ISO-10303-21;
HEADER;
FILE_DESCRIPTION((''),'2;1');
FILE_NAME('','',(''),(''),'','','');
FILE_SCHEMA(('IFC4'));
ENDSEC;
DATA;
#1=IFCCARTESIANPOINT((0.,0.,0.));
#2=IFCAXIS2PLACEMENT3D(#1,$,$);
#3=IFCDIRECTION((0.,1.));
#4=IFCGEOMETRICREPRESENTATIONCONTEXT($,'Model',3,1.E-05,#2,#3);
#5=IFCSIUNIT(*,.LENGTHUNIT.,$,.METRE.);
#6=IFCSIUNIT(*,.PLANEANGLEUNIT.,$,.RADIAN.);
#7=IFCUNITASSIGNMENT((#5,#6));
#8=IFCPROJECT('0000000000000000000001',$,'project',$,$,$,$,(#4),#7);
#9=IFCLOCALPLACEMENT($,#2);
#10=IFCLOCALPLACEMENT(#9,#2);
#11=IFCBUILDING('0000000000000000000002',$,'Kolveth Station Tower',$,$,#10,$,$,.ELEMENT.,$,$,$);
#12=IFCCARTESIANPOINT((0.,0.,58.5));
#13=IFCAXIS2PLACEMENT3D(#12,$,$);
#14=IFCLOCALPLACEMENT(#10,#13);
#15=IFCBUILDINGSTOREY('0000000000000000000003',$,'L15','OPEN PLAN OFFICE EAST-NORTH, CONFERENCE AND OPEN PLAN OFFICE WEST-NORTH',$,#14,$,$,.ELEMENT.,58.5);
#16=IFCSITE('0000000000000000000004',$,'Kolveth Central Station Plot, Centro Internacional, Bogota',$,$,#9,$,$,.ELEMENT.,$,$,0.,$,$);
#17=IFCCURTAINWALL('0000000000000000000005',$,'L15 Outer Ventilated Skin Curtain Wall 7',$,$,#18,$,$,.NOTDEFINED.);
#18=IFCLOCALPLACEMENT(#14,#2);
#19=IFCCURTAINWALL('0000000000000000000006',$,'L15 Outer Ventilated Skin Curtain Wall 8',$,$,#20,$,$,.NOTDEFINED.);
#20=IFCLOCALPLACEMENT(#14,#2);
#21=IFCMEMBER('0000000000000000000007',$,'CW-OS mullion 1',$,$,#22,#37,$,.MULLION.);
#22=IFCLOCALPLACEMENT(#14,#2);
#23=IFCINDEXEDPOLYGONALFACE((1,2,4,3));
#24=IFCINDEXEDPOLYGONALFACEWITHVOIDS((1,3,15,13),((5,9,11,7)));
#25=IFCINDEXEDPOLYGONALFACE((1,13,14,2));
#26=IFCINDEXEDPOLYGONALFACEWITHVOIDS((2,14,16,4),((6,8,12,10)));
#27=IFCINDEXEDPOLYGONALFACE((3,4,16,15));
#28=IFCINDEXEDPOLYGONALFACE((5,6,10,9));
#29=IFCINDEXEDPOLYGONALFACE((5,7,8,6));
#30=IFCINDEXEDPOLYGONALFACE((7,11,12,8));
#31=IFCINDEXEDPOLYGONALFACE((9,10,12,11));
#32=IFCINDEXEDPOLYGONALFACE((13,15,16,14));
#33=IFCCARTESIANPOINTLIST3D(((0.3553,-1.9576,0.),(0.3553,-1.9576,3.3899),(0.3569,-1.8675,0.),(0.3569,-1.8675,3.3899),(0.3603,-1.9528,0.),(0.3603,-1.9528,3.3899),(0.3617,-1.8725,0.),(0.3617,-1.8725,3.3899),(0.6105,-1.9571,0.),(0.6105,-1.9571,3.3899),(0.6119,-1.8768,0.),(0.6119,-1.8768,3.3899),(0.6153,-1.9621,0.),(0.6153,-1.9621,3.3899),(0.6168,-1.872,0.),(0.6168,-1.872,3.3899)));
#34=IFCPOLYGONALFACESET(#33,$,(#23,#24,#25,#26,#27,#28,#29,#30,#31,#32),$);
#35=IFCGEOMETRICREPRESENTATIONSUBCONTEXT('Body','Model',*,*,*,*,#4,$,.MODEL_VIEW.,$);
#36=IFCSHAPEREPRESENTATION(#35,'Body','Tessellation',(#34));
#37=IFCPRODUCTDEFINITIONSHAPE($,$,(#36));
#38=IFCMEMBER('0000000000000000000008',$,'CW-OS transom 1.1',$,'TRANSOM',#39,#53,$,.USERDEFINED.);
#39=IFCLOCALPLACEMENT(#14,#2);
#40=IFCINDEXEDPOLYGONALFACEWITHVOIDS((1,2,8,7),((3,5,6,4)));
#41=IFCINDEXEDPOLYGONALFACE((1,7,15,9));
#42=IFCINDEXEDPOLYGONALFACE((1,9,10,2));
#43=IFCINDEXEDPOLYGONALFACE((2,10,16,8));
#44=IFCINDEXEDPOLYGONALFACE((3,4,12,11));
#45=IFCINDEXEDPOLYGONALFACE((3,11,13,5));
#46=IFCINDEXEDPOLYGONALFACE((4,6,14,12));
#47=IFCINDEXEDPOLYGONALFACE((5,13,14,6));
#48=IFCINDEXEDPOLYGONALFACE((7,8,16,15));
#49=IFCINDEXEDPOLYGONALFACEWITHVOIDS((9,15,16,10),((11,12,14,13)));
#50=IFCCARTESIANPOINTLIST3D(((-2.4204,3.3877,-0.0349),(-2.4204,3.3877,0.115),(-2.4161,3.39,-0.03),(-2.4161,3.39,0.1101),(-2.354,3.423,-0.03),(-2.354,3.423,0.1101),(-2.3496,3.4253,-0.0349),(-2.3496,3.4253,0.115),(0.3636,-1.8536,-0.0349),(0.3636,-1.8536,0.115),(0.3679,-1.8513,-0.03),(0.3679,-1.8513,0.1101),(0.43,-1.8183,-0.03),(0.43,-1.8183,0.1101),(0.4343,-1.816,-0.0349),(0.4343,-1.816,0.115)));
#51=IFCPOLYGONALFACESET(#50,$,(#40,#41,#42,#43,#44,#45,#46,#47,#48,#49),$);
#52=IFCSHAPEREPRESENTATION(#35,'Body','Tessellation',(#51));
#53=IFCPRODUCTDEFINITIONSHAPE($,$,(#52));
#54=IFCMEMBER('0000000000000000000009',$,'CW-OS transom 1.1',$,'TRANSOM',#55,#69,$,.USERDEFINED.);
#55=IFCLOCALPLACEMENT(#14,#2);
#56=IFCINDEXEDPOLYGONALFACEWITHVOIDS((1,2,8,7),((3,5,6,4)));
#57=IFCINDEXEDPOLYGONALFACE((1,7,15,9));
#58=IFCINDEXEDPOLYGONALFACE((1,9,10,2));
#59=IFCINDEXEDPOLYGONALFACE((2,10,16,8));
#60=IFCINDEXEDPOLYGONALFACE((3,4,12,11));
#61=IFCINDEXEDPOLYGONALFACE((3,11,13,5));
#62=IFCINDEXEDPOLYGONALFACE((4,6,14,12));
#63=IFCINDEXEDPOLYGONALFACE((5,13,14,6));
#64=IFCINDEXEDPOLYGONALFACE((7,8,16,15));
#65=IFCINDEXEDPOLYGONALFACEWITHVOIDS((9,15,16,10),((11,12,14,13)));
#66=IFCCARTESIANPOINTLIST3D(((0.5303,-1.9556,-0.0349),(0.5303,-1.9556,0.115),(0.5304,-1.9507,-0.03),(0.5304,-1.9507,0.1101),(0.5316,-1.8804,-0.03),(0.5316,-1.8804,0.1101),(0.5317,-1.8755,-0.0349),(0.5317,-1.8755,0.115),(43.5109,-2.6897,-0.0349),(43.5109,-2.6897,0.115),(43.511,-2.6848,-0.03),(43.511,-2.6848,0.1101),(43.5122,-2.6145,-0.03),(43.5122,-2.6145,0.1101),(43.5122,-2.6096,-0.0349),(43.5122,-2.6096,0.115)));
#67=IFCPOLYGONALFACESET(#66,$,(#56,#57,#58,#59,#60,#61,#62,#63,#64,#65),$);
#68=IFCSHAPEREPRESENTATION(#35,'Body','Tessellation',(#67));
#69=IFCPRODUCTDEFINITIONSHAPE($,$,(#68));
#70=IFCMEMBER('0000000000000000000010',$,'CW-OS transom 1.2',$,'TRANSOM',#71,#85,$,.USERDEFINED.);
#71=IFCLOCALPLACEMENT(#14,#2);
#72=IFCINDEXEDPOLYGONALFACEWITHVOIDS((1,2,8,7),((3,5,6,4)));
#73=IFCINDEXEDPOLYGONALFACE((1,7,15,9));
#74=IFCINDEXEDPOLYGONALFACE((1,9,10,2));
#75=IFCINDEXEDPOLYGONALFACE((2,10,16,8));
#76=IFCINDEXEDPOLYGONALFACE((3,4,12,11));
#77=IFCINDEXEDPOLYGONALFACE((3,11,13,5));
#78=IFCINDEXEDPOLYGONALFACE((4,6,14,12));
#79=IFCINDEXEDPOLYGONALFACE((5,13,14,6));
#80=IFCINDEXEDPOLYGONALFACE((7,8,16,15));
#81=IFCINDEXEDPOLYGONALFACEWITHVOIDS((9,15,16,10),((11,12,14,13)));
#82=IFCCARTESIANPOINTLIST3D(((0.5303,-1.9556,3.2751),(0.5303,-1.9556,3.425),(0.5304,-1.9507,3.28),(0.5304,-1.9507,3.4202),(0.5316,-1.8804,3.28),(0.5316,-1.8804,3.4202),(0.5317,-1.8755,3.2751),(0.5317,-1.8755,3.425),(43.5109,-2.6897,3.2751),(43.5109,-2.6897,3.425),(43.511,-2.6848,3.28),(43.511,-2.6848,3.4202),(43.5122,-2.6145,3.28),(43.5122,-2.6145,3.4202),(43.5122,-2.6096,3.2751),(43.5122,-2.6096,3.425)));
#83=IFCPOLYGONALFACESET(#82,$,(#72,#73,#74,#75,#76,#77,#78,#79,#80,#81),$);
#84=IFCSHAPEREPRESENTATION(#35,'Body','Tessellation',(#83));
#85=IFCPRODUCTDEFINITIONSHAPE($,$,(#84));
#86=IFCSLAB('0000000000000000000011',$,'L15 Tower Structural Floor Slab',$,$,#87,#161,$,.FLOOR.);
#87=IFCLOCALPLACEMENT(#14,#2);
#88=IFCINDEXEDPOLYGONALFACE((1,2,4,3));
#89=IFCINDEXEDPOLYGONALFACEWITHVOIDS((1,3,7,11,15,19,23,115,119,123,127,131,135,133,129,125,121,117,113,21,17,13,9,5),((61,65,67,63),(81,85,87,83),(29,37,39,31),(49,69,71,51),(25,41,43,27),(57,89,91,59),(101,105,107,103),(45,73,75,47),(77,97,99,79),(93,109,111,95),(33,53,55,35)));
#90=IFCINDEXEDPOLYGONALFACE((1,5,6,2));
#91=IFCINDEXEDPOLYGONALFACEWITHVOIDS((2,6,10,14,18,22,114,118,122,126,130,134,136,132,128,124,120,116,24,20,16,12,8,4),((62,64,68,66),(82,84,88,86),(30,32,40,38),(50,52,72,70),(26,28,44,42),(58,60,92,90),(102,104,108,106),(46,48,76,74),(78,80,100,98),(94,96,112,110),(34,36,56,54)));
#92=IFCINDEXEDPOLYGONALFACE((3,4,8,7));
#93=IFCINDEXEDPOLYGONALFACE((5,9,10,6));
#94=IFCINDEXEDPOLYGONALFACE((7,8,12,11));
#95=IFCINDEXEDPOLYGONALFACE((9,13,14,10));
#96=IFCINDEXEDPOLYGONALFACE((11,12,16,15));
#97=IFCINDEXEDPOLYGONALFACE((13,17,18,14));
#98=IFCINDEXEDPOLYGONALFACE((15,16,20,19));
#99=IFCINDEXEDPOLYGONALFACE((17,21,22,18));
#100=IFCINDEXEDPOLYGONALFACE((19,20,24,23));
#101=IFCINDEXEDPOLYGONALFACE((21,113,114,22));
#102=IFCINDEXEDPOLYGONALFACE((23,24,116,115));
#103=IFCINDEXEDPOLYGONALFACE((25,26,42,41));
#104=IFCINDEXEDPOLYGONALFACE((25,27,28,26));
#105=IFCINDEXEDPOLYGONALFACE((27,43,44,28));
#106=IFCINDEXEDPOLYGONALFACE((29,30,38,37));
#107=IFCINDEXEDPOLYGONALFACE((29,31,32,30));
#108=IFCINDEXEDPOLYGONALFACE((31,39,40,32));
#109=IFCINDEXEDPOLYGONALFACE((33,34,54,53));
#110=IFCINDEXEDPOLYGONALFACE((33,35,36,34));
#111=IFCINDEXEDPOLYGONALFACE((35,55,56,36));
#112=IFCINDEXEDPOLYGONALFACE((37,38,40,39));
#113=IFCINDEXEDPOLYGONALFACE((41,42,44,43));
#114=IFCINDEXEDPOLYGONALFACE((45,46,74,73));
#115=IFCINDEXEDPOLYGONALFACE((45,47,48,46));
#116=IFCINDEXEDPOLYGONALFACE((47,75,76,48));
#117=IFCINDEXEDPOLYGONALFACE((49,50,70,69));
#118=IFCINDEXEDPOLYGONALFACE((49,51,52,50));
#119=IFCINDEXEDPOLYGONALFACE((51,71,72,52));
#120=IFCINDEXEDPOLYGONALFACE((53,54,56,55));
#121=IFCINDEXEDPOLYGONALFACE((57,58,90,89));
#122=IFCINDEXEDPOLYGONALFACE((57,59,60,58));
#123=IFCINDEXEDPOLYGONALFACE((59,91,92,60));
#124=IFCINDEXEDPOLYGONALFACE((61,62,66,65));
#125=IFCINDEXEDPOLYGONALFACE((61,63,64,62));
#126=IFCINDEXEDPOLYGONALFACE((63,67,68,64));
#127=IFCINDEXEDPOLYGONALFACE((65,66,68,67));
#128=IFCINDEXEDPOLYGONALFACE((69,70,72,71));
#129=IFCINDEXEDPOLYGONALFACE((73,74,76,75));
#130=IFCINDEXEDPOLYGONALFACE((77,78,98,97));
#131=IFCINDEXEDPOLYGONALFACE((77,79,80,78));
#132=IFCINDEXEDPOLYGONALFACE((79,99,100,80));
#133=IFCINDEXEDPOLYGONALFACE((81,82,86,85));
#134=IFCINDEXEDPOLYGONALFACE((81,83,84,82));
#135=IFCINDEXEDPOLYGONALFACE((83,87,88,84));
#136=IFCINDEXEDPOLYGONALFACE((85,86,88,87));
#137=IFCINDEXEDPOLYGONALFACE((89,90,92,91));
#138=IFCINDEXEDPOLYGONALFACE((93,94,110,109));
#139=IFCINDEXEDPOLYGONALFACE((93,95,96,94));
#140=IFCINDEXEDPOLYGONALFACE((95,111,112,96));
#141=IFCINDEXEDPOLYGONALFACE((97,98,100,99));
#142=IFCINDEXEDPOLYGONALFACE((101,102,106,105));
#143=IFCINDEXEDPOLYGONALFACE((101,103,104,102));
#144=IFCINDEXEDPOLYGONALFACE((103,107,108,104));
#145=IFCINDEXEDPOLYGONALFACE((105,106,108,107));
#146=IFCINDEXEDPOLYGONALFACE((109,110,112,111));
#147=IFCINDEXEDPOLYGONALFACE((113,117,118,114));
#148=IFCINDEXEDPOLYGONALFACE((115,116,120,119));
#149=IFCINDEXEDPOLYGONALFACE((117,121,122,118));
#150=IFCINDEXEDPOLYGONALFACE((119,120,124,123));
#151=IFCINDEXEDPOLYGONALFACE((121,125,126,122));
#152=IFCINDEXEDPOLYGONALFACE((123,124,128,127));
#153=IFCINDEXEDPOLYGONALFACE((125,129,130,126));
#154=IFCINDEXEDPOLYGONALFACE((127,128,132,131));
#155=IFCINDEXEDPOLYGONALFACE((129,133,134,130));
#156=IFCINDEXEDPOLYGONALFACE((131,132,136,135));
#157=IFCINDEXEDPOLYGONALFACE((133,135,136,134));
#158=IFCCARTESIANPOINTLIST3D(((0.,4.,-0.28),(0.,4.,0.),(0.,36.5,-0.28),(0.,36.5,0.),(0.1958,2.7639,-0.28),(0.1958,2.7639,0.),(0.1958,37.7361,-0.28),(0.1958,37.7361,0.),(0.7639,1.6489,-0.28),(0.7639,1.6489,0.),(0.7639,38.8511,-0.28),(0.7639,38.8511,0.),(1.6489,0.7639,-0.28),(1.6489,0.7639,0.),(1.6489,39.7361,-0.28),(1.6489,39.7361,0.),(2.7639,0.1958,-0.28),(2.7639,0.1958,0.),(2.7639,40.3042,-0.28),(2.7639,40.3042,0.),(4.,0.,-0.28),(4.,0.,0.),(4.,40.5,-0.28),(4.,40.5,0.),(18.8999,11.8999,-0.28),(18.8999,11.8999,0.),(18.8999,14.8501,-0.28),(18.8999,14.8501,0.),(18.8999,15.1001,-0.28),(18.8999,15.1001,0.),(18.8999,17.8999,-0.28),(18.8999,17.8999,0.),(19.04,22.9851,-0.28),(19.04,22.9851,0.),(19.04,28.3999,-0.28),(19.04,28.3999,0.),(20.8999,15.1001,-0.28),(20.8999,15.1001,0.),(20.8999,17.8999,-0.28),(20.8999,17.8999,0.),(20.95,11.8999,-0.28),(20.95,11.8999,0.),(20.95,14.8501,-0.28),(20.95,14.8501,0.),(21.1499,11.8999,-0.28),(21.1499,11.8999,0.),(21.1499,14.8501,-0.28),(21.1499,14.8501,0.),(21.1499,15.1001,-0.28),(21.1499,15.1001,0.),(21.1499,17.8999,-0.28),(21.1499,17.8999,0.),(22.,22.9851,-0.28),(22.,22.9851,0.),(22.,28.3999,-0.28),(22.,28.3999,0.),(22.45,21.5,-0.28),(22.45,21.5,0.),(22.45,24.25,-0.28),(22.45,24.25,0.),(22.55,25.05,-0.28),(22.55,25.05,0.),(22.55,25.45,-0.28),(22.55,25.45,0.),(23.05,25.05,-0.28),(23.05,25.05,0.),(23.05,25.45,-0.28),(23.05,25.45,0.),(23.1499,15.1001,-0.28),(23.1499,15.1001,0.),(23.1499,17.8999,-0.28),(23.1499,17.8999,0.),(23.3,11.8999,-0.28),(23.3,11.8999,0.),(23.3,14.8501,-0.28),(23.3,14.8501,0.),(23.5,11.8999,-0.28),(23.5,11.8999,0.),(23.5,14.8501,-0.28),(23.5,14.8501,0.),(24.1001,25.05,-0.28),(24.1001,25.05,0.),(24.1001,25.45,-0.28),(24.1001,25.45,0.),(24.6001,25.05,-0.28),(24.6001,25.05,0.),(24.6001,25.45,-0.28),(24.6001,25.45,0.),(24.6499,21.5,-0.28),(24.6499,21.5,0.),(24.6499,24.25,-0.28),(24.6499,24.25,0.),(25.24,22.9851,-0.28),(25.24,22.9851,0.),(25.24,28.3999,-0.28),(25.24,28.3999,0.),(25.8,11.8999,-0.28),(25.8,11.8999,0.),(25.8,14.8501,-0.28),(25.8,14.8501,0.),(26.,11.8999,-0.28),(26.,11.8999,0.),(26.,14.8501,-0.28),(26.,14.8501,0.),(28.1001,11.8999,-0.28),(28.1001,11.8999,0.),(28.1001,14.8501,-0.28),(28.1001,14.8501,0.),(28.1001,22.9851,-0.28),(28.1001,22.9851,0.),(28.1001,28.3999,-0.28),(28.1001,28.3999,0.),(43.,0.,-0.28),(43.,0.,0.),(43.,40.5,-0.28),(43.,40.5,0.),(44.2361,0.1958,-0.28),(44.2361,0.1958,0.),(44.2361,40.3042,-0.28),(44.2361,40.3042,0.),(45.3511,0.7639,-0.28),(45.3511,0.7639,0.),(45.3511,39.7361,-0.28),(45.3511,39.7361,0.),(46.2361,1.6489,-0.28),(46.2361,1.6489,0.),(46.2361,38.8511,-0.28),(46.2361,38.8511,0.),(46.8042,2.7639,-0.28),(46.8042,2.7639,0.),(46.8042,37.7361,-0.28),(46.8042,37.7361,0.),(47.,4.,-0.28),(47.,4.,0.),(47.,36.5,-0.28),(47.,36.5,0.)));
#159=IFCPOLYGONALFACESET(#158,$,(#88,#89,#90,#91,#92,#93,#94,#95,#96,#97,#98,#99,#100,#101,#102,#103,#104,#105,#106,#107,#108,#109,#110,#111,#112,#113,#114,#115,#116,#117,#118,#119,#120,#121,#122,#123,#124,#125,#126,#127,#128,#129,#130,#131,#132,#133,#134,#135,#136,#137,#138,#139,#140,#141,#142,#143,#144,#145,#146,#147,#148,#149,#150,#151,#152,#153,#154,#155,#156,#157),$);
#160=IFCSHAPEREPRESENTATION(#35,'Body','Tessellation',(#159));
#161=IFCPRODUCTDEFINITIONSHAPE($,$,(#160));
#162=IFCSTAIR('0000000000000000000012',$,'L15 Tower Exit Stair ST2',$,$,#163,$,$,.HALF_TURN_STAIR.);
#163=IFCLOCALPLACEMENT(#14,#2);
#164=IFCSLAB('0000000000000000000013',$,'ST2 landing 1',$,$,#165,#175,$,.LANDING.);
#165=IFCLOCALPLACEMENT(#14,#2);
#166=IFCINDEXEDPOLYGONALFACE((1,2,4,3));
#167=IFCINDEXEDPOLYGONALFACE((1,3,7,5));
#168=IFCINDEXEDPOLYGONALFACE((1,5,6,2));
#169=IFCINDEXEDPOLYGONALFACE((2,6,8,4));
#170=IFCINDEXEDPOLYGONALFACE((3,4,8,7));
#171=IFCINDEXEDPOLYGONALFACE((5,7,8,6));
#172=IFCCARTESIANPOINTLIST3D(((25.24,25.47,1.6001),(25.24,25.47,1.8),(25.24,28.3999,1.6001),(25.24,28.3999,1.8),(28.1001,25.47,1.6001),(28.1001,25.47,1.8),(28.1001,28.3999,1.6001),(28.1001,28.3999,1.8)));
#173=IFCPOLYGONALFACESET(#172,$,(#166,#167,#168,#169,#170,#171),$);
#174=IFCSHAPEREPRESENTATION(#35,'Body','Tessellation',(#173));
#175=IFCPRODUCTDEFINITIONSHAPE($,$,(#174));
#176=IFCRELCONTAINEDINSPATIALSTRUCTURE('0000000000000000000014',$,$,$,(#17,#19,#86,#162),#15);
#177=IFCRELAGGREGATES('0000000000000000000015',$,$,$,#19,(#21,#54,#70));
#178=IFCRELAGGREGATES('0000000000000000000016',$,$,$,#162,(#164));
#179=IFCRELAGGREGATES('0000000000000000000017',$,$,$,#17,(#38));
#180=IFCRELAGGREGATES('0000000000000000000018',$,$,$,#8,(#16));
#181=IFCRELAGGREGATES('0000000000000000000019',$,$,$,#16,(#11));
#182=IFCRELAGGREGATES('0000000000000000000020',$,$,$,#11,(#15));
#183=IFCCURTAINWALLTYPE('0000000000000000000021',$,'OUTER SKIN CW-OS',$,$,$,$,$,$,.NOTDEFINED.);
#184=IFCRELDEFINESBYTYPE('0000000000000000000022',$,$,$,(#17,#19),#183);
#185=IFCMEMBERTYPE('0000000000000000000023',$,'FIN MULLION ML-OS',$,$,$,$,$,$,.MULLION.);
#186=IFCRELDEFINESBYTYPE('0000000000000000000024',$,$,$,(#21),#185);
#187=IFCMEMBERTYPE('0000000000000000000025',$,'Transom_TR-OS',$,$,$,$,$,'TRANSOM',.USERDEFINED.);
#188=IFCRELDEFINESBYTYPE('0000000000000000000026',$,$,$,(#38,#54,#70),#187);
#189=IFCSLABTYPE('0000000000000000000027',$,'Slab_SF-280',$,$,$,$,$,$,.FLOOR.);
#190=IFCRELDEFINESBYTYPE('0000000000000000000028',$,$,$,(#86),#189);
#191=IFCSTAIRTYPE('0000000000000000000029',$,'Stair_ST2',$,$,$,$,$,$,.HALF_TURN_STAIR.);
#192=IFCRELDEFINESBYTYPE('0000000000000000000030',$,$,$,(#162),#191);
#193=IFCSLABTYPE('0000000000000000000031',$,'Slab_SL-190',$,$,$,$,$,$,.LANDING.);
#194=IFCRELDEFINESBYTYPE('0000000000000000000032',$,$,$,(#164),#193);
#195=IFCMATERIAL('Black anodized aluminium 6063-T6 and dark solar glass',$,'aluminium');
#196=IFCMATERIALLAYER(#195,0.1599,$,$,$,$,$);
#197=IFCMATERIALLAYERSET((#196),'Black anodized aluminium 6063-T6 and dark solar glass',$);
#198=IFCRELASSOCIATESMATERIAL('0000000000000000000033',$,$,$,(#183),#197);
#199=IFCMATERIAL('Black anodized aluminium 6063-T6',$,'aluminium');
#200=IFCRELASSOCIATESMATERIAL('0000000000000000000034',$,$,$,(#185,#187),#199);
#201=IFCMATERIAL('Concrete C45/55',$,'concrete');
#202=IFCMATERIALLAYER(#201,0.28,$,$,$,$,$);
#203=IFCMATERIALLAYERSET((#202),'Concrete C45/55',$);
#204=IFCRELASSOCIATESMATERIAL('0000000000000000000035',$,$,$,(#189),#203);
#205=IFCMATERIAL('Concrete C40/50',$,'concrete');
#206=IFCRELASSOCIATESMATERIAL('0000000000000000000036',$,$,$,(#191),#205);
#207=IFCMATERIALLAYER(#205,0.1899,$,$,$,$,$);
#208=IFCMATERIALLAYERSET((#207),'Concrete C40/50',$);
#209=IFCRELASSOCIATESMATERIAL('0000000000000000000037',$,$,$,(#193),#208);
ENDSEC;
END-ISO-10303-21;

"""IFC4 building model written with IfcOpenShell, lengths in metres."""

from ifc_helpers import new_model, si_unit, direction, frame, origin, origin_2d, place, context, subcontext, project, spatial, polyline, hollow_rectangle, outline, extrude, source, transform, mapped, material, layer, layer_set, material_profile, profile_set, type_object, element, aggregate, save


model = new_model("IFC4")

# Units and contexts
model_context = context("Model", 3, precision=1e-05, world=origin(), true_north=direction((0.0, 1.0)))
body_context = subcontext(model_context, "Body", "Model", "MODEL_VIEW")
ifc_project = project(units=[si_unit("LENGTHUNIT", "METRE"), si_unit("PLANEANGLEUNIT", "RADIAN")], contexts=[model_context])

# Site, building, storey
site_placement = place(None, origin())
site = spatial("IfcSite", under=ifc_project, at=site_placement, Name="Kolveth Central Station Plot, Centro Internacional, Bogota", CompositionType="ELEMENT", RefElevation=0.0)
building_placement = place(site_placement, origin())
building = spatial("IfcBuilding", under=site, at=building_placement, Name="Kolveth Station Tower", CompositionType="ELEMENT")
storey_placement = place(building_placement, frame((0.0, 0.0, 58.5)))
storey = spatial("IfcBuildingStorey", under=building, at=storey_placement, Name="L15", Description="OPEN PLAN OFFICE EAST-NORTH, CONFERENCE AND OPEN PLAN OFFICE WEST-NORTH", CompositionType="ELEMENT", Elevation=58.5)

# Shared definitions
ifc_material_1 = material(Name="Black anodized aluminium 6063-T6", Category="aluminium")

# Curtain walls, member
ifc_material_2 = material(Name="Black anodized aluminium 6063-T6 and dark solar glass", Category="aluminium")
ifc_layer_1 = layer(ifc_material_2, 0.1599)
ifc_layer_set_1 = layer_set([ifc_layer_1], Name="Black anodized aluminium 6063-T6 and dark solar glass")
curtain_wall_type_1 = type_object("IfcCurtainWallType", Name="OUTER SKIN CW-OS", PredefinedType="NOTDEFINED", material=ifc_layer_set_1)
curtain_wall_1_placement = place(storey_placement, origin())
curtain_wall_1 = element("IfcCurtainWall", 1, at=curtain_wall_1_placement, inside=storey, type_object=curtain_wall_type_1, Name="L15 Outer Ventilated Skin Curtain Wall 7", PredefinedType="NOTDEFINED")
ifc_material_profile_1 = material_profile(ifc_material_1, hollow_rectangle(XDim=0.0901, YDim=0.26, WallThickness=0.0049, at=origin_2d()), Name="ALU-90x260x5")
ifc_profile_set_1 = profile_set([ifc_material_profile_1], Name="Black anodized aluminium 6063-T6")
member_type_1 = type_object("IfcMemberType", Name="FIN MULLION ML-OS", PredefinedType="MULLION", material=ifc_profile_set_1)
shared_shape_1 = source(origin(), body_context, "Body", "SweptSolid", [
    extrude(hollow_rectangle(XDim=0.0901, YDim=0.26, WallThickness=0.0049, at=origin_2d()), origin(), (0.0, 0.0, 1.0), 3.3899),
])
curtain_wall_2_placement = place(storey_placement, origin())
curtain_wall_2 = element("IfcCurtainWall", 2, at=curtain_wall_2_placement, inside=storey, type_object=curtain_wall_type_1, Name="L15 Outer Ventilated Skin Curtain Wall 8", PredefinedType="NOTDEFINED")
member_1_placement = place(storey_placement, frame((0.4861, -1.9148, 0.0), z_axis=(0.0, 0.0, 1.0), x_axis=(0.017078, 0.999854, 0.0)))
member_1 = element("IfcMember", 3, at=member_1_placement, type_object=member_type_1, Name="CW-OS mullion 1", PredefinedType="MULLION", context=body_context, shape_type="MappedRepresentation", body=[
    mapped(shared_shape_1, transform((0.0, 0.0, 0.0), x_axis=(1.0, 0.0, 0.0), y_axis=(0.0, 1.0, 0.0), z_axis=(0.0, 0.0, 1.0), scale=1.0)),
])

# Members
ifc_material_profile_2 = material_profile(ifc_material_1, hollow_rectangle(XDim=0.0801, YDim=0.1499, WallThickness=0.0049, at=origin_2d()), Name="ALU-80x150x5")
ifc_profile_set_2 = profile_set([ifc_material_profile_2], Name="Black anodized aluminium 6063-T6")
member_type_2 = type_object("IfcMemberType", Name="Transom_TR-OS", ElementType="TRANSOM", PredefinedType="USERDEFINED", material=ifc_profile_set_2)
shared_shape_2 = source(origin(), body_context, "Body", "SweptSolid", [
    extrude(hollow_rectangle(XDim=0.0801, YDim=0.1499, WallThickness=0.0049, at=origin_2d()), origin(), (0.0, 0.0, 1.0), 5.9348),
])
member_2_placement = place(storey_placement, frame((-2.385, 3.4065, 0.04), z_axis=(0.469095, -0.883148, 0.0), x_axis=(0.883148, 0.469095, 0.0)))
member_2 = element("IfcMember", 4, at=member_2_placement, type_object=member_type_2, Name="CW-OS transom 1.1", ObjectType="TRANSOM", PredefinedType="USERDEFINED", context=body_context, shape_type="MappedRepresentation", body=[
    mapped(shared_shape_2, transform((0.0, 0.0, 0.0), x_axis=(1.0, 0.0, 0.0), y_axis=(0.0, 1.0, 0.0), z_axis=(0.0, 0.0, 1.0), scale=1.0)),
])
shared_shape_3 = source(origin(), body_context, "Body", "SweptSolid", [
    extrude(hollow_rectangle(XDim=0.0801, YDim=0.1499, WallThickness=0.0049, at=origin_2d()), origin(), (0.0, 0.0, 1.0), 42.9868),
])
member_3_placement = place(storey_placement, frame((0.531, -1.9155, 0.04), z_axis=(0.999854, -0.017078, 0.0), x_axis=(0.017078, 0.999854, 0.0)))
member_3 = element("IfcMember", 5, at=member_3_placement, type_object=member_type_2, Name="CW-OS transom 1.1", ObjectType="TRANSOM", PredefinedType="USERDEFINED", context=body_context, shape_type="MappedRepresentation", body=[
    mapped(shared_shape_3, transform((0.0, 0.0, 0.0), x_axis=(1.0, 0.0, 0.0), y_axis=(0.0, 1.0, 0.0), z_axis=(0.0, 0.0, 1.0), scale=1.0)),
])
member_4_placement = place(storey_placement, frame((0.531, -1.9155, 3.3501), z_axis=(0.999854, -0.017078, 0.0), x_axis=(0.017078, 0.999854, 0.0)))
member_4 = element("IfcMember", 6, at=member_4_placement, type_object=member_type_2, Name="CW-OS transom 1.2", ObjectType="TRANSOM", PredefinedType="USERDEFINED", context=body_context, shape_type="MappedRepresentation", body=[
    mapped(shared_shape_3, transform((0.0, 0.0, 0.0), x_axis=(1.0, 0.0, 0.0), y_axis=(0.0, 1.0, 0.0), z_axis=(0.0, 0.0, 1.0), scale=1.0)),
])
aggregate(curtain_wall_2, [member_1, member_3, member_4])

# Slab
ifc_material_3 = material(Name="Concrete C45/55", Category="concrete")
ifc_layer_2 = layer(ifc_material_3, 0.28)
ifc_layer_set_2 = layer_set([ifc_layer_2], Name="Concrete C45/55")
slab_type_1 = type_object("IfcSlabType", Name="Slab_SF-280", PredefinedType="FLOOR", material=ifc_layer_set_2)
slab_1_placement = place(storey_placement, frame((0.0, 0.0, -0.28)))
element("IfcSlab", 7, at=slab_1_placement, inside=storey, type_object=slab_type_1, Name="L15 Tower Structural Floor Slab", PredefinedType="FLOOR", context=body_context, shape_type="SweptSolid", body=[
    extrude(outline(polyline([(43.0, 0.0), (44.2361, 0.1958), (45.3511, 0.7639), (46.2361, 1.6489), (46.8042, 2.7639), (47.0, 4.0), (47.0, 36.5), (46.8042, 37.7361), (46.2361, 38.8511), (45.3511, 39.7361), (44.2361, 40.3042), (43.0, 40.5), (4.0, 40.5), (2.7639, 40.3042), (1.6489, 39.7361), (0.7639, 38.8511), (0.1958, 37.7361), (0.0, 36.5), (0.0, 4.0), (0.1958, 2.7639), (0.7639, 1.6489), (1.6489, 0.7639), (2.7639, 0.1958), (4.0, 0.0), (43.0, 0.0)]), holes=[polyline([(19.04, 22.9851), (22.0, 22.9851), (22.0, 28.3999), (19.04, 28.3999), (19.04, 22.9851)]), polyline([(25.24, 22.9851), (28.1001, 22.9851), (28.1001, 28.3999), (25.24, 28.3999), (25.24, 22.9851)]), polyline([(18.8999, 15.1001), (20.8999, 15.1001), (20.8999, 17.8999), (18.8999, 17.8999), (18.8999, 15.1001)]), polyline([(21.1499, 15.1001), (23.1499, 15.1001), (23.1499, 17.8999), (21.1499, 17.8999), (21.1499, 15.1001)]), polyline([(22.45, 21.5), (24.6499, 21.5), (24.6499, 24.25), (22.45, 24.25), (22.45, 21.5)]), polyline([(18.8999, 11.8999), (20.95, 11.8999), (20.95, 14.8501), (18.8999, 14.8501), (18.8999, 11.8999)]), polyline([(21.1499, 11.8999), (23.3, 11.8999), (23.3, 14.8501), (21.1499, 14.8501), (21.1499, 11.8999)]), polyline([(23.5, 11.8999), (25.8, 11.8999), (25.8, 14.8501), (23.5, 14.8501), (23.5, 11.8999)]), polyline([(26.0, 11.8999), (28.1001, 11.8999), (28.1001, 14.8501), (26.0, 14.8501), (26.0, 11.8999)]), polyline([(22.55, 25.05), (23.05, 25.05), (23.05, 25.45), (22.55, 25.45), (22.55, 25.05)]), polyline([(24.1001, 25.05), (24.6001, 25.05), (24.6001, 25.45), (24.1001, 25.45), (24.1001, 25.05)])]), origin(), (0.0, 0.0, 1.0), 0.28),
])

# Stair, slab
ifc_material_4 = material(Name="Concrete C40/50", Category="concrete")
stair_type_1 = type_object("IfcStairType", Name="Stair_ST2", PredefinedType="HALF_TURN_STAIR", material=ifc_material_4)
stair_1_placement = place(storey_placement, origin())
stair_1 = element("IfcStair", 8, at=stair_1_placement, inside=storey, type_object=stair_type_1, Name="L15 Tower Exit Stair ST2", PredefinedType="HALF_TURN_STAIR")
ifc_layer_3 = layer(ifc_material_4, 0.1899)
ifc_layer_set_3 = layer_set([ifc_layer_3], Name="Concrete C40/50")
slab_type_2 = type_object("IfcSlabType", Name="Slab_SL-190", PredefinedType="LANDING", material=ifc_layer_set_3)
slab_2_placement = place(storey_placement, frame((0.0, 0.0, 1.6001)))
slab_2 = element("IfcSlab", 9, at=slab_2_placement, type_object=slab_type_2, Name="ST2 landing 1", PredefinedType="LANDING", context=body_context, shape_type="SweptSolid", body=[
    extrude(outline(polyline([(28.1001, 25.47), (28.1001, 28.3999), (25.24, 28.3999), (25.24, 25.47), (28.1001, 25.47)])), origin(), (0.0, 0.0, 1.0), 0.2),
])
aggregate(stair_1, [slab_2])

aggregate(curtain_wall_1, [member_2])

save(model, "model.ifc")
